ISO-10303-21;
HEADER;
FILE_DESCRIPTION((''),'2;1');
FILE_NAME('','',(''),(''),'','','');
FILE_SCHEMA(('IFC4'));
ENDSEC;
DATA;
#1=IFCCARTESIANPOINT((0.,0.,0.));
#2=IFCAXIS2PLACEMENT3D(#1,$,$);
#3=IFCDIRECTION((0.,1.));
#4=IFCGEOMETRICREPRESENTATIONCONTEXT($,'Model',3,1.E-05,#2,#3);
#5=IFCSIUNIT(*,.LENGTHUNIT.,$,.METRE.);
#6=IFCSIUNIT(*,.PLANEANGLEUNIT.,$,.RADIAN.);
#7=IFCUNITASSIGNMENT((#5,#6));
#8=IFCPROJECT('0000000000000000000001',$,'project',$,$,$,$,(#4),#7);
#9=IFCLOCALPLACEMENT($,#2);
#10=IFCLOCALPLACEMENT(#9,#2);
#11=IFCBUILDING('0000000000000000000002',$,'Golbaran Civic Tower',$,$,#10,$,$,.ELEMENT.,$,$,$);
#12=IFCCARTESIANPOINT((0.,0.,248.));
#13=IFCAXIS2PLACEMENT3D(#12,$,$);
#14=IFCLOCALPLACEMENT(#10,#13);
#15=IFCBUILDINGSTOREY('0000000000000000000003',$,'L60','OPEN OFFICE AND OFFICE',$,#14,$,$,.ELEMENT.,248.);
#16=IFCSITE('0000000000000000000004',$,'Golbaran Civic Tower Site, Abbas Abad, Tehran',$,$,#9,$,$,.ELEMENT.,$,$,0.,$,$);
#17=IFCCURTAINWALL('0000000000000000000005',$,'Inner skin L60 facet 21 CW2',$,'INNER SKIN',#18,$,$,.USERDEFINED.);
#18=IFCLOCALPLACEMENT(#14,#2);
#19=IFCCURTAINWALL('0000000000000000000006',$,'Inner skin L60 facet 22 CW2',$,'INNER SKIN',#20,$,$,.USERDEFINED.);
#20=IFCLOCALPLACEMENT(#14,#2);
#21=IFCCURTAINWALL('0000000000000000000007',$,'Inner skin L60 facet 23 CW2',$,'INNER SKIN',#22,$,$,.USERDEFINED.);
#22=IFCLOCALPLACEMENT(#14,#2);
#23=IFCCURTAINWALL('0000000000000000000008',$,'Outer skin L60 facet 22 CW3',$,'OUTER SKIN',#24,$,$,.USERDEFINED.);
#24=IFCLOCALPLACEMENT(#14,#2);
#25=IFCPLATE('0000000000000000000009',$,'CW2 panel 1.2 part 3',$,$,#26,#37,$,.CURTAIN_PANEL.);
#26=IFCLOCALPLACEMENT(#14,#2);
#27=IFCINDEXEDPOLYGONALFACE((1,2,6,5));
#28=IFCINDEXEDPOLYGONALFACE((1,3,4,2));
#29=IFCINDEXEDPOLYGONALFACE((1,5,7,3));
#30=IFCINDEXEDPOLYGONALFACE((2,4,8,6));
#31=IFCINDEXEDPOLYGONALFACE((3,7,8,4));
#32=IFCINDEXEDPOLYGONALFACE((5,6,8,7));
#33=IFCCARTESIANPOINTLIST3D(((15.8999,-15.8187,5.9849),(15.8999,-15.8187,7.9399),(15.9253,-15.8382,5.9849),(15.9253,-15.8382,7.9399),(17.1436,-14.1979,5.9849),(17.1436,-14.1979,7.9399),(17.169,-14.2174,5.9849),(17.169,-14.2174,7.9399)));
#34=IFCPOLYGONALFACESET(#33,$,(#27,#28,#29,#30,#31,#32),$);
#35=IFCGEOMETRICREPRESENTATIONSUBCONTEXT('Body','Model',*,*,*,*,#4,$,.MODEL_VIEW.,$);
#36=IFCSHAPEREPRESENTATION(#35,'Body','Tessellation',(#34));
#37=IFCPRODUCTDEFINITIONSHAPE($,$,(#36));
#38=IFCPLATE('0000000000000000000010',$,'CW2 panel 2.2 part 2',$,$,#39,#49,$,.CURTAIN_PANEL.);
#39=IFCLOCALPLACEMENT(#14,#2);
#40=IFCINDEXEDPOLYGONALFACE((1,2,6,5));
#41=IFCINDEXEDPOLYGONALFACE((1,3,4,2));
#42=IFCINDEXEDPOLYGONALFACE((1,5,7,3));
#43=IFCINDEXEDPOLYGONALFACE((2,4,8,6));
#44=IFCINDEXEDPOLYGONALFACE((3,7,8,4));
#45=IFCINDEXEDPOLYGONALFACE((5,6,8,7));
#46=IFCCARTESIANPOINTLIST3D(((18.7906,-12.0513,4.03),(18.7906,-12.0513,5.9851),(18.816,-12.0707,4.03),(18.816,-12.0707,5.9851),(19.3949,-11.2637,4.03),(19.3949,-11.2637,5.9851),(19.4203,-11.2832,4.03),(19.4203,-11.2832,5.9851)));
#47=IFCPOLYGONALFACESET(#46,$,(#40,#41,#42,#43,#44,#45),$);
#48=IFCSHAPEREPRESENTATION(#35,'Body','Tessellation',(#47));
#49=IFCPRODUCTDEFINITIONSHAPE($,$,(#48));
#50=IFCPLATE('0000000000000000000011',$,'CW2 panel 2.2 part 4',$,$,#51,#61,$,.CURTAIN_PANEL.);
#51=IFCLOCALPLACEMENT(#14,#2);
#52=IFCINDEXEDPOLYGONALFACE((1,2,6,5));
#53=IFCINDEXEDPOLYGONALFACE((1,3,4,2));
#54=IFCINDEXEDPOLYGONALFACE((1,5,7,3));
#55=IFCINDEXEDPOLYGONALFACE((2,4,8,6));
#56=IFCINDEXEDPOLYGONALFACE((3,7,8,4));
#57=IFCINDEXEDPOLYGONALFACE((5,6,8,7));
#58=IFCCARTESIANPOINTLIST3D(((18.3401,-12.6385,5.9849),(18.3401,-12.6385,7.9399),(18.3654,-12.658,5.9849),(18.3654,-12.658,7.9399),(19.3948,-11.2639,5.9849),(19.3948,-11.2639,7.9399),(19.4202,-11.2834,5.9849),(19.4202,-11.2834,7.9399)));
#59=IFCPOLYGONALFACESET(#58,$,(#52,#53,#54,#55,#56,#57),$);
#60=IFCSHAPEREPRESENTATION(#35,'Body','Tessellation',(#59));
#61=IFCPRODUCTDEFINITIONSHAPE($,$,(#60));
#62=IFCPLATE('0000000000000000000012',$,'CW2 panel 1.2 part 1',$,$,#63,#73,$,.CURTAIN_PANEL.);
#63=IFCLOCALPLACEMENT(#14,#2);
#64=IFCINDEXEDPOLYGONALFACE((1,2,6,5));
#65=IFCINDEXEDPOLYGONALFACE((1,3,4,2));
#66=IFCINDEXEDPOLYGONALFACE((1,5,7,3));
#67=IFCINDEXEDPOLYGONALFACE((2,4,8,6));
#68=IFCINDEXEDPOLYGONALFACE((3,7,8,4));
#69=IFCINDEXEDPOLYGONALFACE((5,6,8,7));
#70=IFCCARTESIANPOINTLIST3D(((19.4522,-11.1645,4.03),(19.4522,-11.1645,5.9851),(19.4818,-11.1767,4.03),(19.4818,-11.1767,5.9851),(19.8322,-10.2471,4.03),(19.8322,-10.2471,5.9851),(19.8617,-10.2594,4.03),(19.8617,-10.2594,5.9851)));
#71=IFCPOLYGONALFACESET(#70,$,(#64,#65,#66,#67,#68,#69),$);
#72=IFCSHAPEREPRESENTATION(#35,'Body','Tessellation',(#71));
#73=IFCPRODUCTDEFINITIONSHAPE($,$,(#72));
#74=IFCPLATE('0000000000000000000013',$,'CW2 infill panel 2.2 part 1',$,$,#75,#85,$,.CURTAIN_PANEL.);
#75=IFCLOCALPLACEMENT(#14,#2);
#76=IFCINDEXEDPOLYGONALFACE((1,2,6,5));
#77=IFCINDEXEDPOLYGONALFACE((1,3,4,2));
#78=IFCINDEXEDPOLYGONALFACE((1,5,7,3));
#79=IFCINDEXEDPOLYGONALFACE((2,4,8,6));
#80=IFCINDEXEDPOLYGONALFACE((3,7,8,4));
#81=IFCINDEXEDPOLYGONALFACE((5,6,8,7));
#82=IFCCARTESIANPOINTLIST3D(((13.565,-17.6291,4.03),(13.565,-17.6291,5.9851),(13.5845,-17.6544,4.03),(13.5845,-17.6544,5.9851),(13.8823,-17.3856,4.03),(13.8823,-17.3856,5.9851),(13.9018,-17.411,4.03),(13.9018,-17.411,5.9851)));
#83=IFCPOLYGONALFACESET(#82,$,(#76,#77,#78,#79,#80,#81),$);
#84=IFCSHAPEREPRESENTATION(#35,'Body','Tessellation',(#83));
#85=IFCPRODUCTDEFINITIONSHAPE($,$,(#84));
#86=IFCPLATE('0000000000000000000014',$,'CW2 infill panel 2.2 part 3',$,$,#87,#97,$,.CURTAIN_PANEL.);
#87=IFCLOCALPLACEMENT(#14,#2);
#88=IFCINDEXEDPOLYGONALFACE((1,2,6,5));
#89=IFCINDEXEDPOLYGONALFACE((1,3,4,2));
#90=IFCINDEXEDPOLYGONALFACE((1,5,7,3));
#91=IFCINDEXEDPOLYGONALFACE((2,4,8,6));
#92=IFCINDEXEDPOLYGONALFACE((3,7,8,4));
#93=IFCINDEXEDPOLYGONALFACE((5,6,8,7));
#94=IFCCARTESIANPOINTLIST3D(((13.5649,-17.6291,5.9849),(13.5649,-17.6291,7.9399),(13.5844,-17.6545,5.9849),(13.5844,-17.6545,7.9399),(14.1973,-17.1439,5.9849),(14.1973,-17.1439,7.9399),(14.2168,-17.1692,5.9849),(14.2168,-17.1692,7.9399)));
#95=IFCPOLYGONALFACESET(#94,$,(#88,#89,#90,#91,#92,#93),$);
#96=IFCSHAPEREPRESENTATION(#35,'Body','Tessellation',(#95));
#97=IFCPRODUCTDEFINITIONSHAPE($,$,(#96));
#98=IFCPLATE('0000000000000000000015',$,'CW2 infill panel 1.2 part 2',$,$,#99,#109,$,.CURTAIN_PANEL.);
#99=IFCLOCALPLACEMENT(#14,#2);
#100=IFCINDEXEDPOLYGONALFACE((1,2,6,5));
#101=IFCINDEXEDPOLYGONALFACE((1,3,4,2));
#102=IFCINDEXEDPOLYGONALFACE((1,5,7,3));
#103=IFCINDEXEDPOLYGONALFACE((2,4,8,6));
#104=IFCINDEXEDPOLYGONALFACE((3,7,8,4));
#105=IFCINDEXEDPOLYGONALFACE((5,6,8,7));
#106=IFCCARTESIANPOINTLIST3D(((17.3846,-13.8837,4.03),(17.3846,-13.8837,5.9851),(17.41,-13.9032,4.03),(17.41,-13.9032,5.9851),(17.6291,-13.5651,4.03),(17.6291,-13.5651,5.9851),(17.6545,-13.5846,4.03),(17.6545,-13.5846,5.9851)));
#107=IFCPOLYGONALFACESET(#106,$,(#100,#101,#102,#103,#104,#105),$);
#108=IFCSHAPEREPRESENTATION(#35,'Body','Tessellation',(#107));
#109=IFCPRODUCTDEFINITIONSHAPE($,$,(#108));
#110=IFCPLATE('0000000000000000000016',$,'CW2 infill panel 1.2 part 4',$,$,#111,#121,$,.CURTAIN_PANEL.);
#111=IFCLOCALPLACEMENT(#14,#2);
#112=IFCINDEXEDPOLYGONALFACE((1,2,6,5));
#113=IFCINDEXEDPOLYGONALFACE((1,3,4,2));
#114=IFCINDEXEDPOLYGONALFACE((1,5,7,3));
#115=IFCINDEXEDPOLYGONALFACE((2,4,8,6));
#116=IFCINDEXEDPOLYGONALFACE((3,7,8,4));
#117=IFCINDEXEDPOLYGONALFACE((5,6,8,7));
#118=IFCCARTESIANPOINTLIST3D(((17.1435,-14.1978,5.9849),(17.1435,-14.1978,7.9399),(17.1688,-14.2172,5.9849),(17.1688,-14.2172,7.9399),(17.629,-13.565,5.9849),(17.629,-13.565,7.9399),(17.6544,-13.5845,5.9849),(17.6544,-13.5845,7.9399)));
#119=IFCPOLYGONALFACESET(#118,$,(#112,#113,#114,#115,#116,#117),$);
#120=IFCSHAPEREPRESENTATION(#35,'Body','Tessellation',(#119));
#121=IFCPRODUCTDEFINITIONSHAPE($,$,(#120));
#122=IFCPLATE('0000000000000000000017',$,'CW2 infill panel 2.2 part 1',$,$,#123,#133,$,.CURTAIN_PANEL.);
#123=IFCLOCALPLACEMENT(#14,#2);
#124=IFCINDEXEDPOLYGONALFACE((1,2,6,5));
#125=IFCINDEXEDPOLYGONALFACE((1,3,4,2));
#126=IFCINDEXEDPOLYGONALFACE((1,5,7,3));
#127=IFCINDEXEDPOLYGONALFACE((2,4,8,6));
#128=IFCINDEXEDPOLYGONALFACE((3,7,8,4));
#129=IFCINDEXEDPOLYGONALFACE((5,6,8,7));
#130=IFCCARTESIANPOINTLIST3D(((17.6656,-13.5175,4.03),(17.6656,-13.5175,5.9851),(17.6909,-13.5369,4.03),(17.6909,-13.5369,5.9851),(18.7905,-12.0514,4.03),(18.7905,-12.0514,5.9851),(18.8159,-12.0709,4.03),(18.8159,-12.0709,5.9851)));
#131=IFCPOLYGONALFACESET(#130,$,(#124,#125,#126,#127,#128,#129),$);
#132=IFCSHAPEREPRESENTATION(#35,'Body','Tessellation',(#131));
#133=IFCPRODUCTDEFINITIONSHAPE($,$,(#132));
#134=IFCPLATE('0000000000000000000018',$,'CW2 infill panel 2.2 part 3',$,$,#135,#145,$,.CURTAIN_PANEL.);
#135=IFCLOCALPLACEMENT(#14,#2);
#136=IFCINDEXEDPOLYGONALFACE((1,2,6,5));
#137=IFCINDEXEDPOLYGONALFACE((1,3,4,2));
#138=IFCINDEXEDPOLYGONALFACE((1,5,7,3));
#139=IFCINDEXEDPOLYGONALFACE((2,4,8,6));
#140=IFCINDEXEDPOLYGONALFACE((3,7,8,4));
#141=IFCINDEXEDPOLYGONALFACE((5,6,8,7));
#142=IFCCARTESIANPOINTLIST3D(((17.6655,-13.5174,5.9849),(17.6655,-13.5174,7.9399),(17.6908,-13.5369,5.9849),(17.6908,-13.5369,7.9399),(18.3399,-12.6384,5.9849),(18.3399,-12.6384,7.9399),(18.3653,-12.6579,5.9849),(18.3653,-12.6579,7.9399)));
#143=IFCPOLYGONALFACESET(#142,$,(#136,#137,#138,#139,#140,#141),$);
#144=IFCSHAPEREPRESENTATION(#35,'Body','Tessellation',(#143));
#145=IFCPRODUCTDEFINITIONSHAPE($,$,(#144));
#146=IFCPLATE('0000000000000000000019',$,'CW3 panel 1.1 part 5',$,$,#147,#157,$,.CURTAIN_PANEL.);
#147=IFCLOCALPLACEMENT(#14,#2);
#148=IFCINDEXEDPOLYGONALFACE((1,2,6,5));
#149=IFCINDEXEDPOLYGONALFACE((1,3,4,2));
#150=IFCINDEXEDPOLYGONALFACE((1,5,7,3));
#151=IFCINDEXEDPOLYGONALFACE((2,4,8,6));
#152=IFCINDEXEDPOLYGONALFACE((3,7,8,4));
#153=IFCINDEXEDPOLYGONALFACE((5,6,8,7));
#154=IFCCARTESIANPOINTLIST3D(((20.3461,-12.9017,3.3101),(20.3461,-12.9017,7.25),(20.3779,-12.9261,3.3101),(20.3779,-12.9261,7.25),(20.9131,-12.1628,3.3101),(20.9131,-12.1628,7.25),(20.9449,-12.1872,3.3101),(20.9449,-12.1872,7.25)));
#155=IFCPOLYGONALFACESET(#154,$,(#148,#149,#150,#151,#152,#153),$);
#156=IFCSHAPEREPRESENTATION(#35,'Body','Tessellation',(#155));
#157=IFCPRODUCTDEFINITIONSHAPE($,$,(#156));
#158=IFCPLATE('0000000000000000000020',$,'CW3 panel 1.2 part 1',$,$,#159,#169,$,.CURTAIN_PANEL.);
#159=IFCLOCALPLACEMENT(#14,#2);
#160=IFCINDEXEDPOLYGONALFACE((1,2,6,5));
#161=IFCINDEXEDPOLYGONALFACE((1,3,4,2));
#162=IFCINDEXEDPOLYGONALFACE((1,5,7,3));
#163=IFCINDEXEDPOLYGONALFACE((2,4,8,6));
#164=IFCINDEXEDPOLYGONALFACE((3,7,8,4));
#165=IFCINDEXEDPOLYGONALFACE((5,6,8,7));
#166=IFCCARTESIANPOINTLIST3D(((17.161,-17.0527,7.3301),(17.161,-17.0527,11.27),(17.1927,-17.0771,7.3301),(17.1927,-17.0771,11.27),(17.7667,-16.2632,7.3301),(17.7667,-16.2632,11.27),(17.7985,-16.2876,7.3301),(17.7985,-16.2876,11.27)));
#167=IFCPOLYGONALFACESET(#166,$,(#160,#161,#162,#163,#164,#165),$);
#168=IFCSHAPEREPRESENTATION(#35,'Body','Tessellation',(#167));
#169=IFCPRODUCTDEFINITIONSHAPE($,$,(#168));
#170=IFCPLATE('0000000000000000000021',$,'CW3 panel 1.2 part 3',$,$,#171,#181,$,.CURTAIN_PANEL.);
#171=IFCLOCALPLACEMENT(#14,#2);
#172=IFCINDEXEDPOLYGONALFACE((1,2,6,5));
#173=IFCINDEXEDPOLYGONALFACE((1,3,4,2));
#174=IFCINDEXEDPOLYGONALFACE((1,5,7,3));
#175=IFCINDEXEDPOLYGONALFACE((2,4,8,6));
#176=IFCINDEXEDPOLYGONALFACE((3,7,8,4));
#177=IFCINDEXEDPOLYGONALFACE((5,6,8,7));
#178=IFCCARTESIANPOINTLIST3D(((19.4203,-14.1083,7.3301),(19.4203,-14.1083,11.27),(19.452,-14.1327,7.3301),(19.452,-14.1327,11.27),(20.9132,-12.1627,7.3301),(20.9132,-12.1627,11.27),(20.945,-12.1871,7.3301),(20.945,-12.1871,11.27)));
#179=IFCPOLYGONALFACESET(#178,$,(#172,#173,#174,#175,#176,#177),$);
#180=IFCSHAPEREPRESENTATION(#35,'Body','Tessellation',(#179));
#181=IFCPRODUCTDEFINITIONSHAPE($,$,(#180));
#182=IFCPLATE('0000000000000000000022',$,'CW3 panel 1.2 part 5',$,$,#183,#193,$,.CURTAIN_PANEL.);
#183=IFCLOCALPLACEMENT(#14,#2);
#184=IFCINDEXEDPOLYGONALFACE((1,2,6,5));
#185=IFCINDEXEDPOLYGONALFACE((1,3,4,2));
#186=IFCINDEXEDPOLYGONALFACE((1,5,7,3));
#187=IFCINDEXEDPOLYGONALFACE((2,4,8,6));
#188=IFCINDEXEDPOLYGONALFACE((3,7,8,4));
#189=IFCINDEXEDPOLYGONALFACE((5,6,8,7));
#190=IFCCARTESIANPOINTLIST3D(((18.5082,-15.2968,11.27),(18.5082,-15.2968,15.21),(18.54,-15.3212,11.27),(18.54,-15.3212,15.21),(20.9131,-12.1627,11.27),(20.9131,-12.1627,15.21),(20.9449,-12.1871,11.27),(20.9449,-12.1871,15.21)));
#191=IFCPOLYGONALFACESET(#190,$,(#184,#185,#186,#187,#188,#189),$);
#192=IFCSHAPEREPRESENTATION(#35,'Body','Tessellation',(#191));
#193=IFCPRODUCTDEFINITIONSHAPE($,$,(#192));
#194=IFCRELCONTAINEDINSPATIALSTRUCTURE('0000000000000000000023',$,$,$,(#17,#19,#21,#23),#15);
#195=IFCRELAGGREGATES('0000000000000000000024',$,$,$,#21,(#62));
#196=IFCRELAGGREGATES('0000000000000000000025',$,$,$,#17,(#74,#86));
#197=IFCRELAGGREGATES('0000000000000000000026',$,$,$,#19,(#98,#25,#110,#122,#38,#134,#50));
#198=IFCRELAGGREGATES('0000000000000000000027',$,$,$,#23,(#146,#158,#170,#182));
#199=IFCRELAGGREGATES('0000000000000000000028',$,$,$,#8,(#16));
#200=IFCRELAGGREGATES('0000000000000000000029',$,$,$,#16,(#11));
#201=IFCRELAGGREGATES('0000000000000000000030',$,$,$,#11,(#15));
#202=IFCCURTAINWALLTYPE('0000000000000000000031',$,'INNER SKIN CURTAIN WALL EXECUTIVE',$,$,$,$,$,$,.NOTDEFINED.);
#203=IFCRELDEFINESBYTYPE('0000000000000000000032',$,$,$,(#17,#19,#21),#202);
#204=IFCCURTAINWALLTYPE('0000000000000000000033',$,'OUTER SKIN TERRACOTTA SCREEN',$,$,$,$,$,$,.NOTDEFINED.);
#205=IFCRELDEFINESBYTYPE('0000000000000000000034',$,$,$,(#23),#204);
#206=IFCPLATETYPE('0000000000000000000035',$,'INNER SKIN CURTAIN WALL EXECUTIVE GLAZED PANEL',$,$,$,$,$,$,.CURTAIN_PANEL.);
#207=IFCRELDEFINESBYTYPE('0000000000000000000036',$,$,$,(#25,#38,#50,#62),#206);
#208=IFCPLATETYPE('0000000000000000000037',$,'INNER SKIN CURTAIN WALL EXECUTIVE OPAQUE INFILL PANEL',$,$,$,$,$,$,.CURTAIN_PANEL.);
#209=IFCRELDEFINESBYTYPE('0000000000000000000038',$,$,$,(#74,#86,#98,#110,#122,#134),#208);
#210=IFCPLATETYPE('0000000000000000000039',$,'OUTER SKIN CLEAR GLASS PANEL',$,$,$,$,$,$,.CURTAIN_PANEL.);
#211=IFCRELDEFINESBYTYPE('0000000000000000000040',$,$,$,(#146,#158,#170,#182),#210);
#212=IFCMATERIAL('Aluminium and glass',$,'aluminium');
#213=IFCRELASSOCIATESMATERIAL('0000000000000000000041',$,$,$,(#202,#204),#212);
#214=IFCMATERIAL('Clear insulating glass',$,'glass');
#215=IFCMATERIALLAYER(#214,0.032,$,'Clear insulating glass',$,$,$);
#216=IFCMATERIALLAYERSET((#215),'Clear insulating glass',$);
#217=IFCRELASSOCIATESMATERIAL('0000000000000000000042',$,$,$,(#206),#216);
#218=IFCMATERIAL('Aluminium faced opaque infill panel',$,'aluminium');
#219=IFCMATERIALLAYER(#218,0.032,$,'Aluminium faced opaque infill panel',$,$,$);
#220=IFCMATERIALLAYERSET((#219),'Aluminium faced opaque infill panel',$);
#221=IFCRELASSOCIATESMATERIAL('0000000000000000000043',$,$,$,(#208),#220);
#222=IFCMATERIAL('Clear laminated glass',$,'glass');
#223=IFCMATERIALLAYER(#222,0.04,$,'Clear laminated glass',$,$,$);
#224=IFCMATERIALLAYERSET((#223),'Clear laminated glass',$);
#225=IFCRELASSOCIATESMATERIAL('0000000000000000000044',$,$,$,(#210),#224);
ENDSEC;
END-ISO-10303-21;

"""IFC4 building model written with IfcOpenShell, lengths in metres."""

from ifc_helpers import new_model, si_unit, direction, frame, origin, origin_2d, place, context, subcontext, project, spatial, rectangle, extrude, material, layer, layer_set, type_object, element, aggregate, save


model = new_model("IFC4")

# Units and contexts
model_context = context("Model", 3, precision=1e-05, world=origin(), true_north=direction((0.0, 1.0)))
body_context = subcontext(model_context, "Body", "Model", "MODEL_VIEW")
ifc_project = project(units=[si_unit("LENGTHUNIT", "METRE"), si_unit("PLANEANGLEUNIT", "RADIAN")], contexts=[model_context])

# Site, building, storey
site_placement = place(None, origin())
site = spatial("IfcSite", under=ifc_project, at=site_placement, Name="Golbaran Civic Tower Site, Abbas Abad, Tehran", CompositionType="ELEMENT", RefElevation=0.0)
building_placement = place(site_placement, origin())
building = spatial("IfcBuilding", under=site, at=building_placement, Name="Golbaran Civic Tower", CompositionType="ELEMENT")
storey_placement = place(building_placement, frame((0.0, 0.0, 248.0)))
storey = spatial("IfcBuildingStorey", under=building, at=storey_placement, Name="L60", Description="OPEN OFFICE AND OFFICE", CompositionType="ELEMENT", Elevation=248.0)

# Curtain wall
ifc_material_1 = material(Name="Aluminium and glass", Category="aluminium")
curtain_wall_type_1 = type_object("IfcCurtainWallType", Name="INNER SKIN CURTAIN WALL EXECUTIVE", PredefinedType="NOTDEFINED", material=ifc_material_1)
curtain_wall_1_placement = place(storey_placement, origin())
curtain_wall_1 = element("IfcCurtainWall", 1, at=curtain_wall_1_placement, inside=storey, type_object=curtain_wall_type_1, Name="Inner skin L60 facet 21 CW2", ObjectType="INNER SKIN", PredefinedType="USERDEFINED")

# Curtain walls
curtain_wall_2_placement = place(storey_placement, origin())
curtain_wall_2 = element("IfcCurtainWall", 2, at=curtain_wall_2_placement, inside=storey, type_object=curtain_wall_type_1, Name="Inner skin L60 facet 22 CW2", ObjectType="INNER SKIN", PredefinedType="USERDEFINED")
curtain_wall_3_placement = place(storey_placement, origin())
curtain_wall_3 = element("IfcCurtainWall", 3, at=curtain_wall_3_placement, inside=storey, type_object=curtain_wall_type_1, Name="Inner skin L60 facet 23 CW2", ObjectType="INNER SKIN", PredefinedType="USERDEFINED")
curtain_wall_type_2 = type_object("IfcCurtainWallType", Name="OUTER SKIN TERRACOTTA SCREEN", PredefinedType="NOTDEFINED", material=ifc_material_1)
curtain_wall_4_placement = place(storey_placement, origin())
curtain_wall_4 = element("IfcCurtainWall", 4, at=curtain_wall_4_placement, inside=storey, type_object=curtain_wall_type_2, Name="Outer skin L60 facet 22 CW3", ObjectType="OUTER SKIN", PredefinedType="USERDEFINED")

# Plates
ifc_material_2 = material(Name="Clear insulating glass", Category="glass")
ifc_layer_1 = layer(ifc_material_2, 0.032, Name="Clear insulating glass")
ifc_layer_set_1 = layer_set([ifc_layer_1], Name="Clear insulating glass")
plate_type_1 = type_object("IfcPlateType", Name="INNER SKIN CURTAIN WALL EXECUTIVE GLAZED PANEL", PredefinedType="CURTAIN_PANEL", material=ifc_layer_set_1)
plate_1_placement = place(storey_placement, frame((16.5344, -15.0181, 5.9849), z_axis=(0.0, 0.0, 1.0), x_axis=(0.608761, 0.793353, 0.0)))
plate_1 = element("IfcPlate", 5, at=plate_1_placement, type_object=plate_type_1, Name="CW2 panel 1.2 part 3", PredefinedType="CURTAIN_PANEL", context=body_context, shape_type="SweptSolid", body=[
    extrude(rectangle(XDim=2.043, YDim=0.032, at=origin_2d()), origin(), (0.0, 0.0, 1.0), 1.9551),
])
plate_2_placement = place(storey_placement, frame((19.1055, -11.6672, 4.03), z_axis=(0.0, 0.0, 1.0), x_axis=(0.608761, 0.793353, 0.0)))
plate_2 = element("IfcPlate", 6, at=plate_2_placement, type_object=plate_type_1, Name="CW2 panel 2.2 part 2", PredefinedType="CURTAIN_PANEL", context=body_context, shape_type="SweptSolid", body=[
    extrude(rectangle(XDim=0.9927, YDim=0.032, at=origin_2d()), origin(), (0.0, 0.0, 1.0), 1.9551),
])
plate_3_placement = place(storey_placement, frame((18.8801, -11.9609, 5.9849), z_axis=(0.0, 0.0, 1.0), x_axis=(0.608761, 0.793353, 0.0)))
plate_3 = element("IfcPlate", 7, at=plate_3_placement, type_object=plate_type_1, Name="CW2 panel 2.2 part 4", PredefinedType="CURTAIN_PANEL", context=body_context, shape_type="SweptSolid", body=[
    extrude(rectangle(XDim=1.7327, YDim=0.032, at=origin_2d()), origin(), (0.0, 0.0, 1.0), 1.9551),
])
plate_4_placement = place(storey_placement, frame((19.657, -10.7119, 4.03), z_axis=(0.0, 0.0, 1.0), x_axis=(0.382683, 0.92388, 0.0)))
plate_4 = element("IfcPlate", 8, at=plate_4_placement, type_object=plate_type_1, Name="CW2 panel 1.2 part 1", PredefinedType="CURTAIN_PANEL", context=body_context, shape_type="SweptSolid", body=[
    extrude(rectangle(XDim=0.9929, YDim=0.032, at=origin_2d()), origin(), (0.0, 0.0, 1.0), 1.9551),
])
aggregate(curtain_wall_3, [plate_4])
ifc_material_3 = material(Name="Aluminium faced opaque infill panel", Category="aluminium")
ifc_layer_2 = layer(ifc_material_3, 0.032, Name="Aluminium faced opaque infill panel")
ifc_layer_set_2 = layer_set([ifc_layer_2], Name="Aluminium faced opaque infill panel")
plate_type_2 = type_object("IfcPlateType", Name="INNER SKIN CURTAIN WALL EXECUTIVE OPAQUE INFILL PANEL", PredefinedType="CURTAIN_PANEL", material=ifc_layer_set_2)
plate_5_placement = place(storey_placement, frame((13.7334, -17.52, 4.03), z_axis=(0.0, 0.0, 1.0), x_axis=(0.793353, 0.608761, 0.0)))
plate_5 = element("IfcPlate", 9, at=plate_5_placement, type_object=plate_type_2, Name="CW2 infill panel 2.2 part 1", PredefinedType="CURTAIN_PANEL", context=body_context, shape_type="SweptSolid", body=[
    extrude(rectangle(XDim=0.3999, YDim=0.032, at=origin_2d()), origin(), (0.0, 0.0, 1.0), 1.9551),
])
plate_6_placement = place(storey_placement, frame((13.8909, -17.3992, 5.9849), z_axis=(0.0, 0.0, 1.0), x_axis=(0.793353, 0.608761, 0.0)))
plate_6 = element("IfcPlate", 10, at=plate_6_placement, type_object=plate_type_2, Name="CW2 infill panel 2.2 part 3", PredefinedType="CURTAIN_PANEL", context=body_context, shape_type="SweptSolid", body=[
    extrude(rectangle(XDim=0.7971, YDim=0.032, at=origin_2d()), origin(), (0.0, 0.0, 1.0), 1.9551),
])
aggregate(curtain_wall_1, [plate_5, plate_6])
plate_7_placement = place(storey_placement, frame((17.5195, -13.7341, 4.03), z_axis=(0.0, 0.0, 1.0), x_axis=(0.608761, 0.793353, 0.0)))
plate_7 = element("IfcPlate", 11, at=plate_7_placement, type_object=plate_type_2, Name="CW2 infill panel 1.2 part 2", PredefinedType="CURTAIN_PANEL", context=body_context, shape_type="SweptSolid", body=[
    extrude(rectangle(XDim=0.4016, YDim=0.032, at=origin_2d()), origin(), (0.0, 0.0, 1.0), 1.9551),
])
plate_8_placement = place(storey_placement, frame((17.3989, -13.8911, 5.9849), z_axis=(0.0, 0.0, 1.0), x_axis=(0.608761, 0.793353, 0.0)))
plate_8 = element("IfcPlate", 12, at=plate_8_placement, type_object=plate_type_2, Name="CW2 infill panel 1.2 part 4", PredefinedType="CURTAIN_PANEL", context=body_context, shape_type="SweptSolid", body=[
    extrude(rectangle(XDim=0.7976, YDim=0.032, at=origin_2d()), origin(), (0.0, 0.0, 1.0), 1.9551),
])
plate_9_placement = place(storey_placement, frame((18.2407, -12.7942, 4.03), z_axis=(0.0, 0.0, 1.0), x_axis=(0.608761, 0.793353, 0.0)))
plate_9 = element("IfcPlate", 13, at=plate_9_placement, type_object=plate_type_2, Name="CW2 infill panel 2.2 part 1", PredefinedType="CURTAIN_PANEL", context=body_context, shape_type="SweptSolid", body=[
    extrude(rectangle(XDim=1.8479, YDim=0.032, at=origin_2d()), origin(), (0.0, 0.0, 1.0), 1.9551),
])
plate_10_placement = place(storey_placement, frame((18.0154, -13.0876, 5.9849), z_axis=(0.0, 0.0, 1.0), x_axis=(0.608761, 0.793353, 0.0)))
plate_10 = element("IfcPlate", 14, at=plate_10_placement, type_object=plate_type_2, Name="CW2 infill panel 2.2 part 3", PredefinedType="CURTAIN_PANEL", context=body_context, shape_type="SweptSolid", body=[
    extrude(rectangle(XDim=1.1079, YDim=0.032, at=origin_2d()), origin(), (0.0, 0.0, 1.0), 1.9551),
])
aggregate(curtain_wall_2, [plate_7, plate_1, plate_8, plate_9, plate_2, plate_10, plate_3])
ifc_material_4 = material(Name="Clear laminated glass", Category="glass")
ifc_layer_3 = layer(ifc_material_4, 0.04, Name="Clear laminated glass")
ifc_layer_set_3 = layer_set([ifc_layer_3], Name="Clear laminated glass")
plate_type_3 = type_object("IfcPlateType", Name="OUTER SKIN CLEAR GLASS PANEL", PredefinedType="CURTAIN_PANEL", material=ifc_layer_set_3)
plate_11_placement = place(storey_placement, frame((20.6455, -12.5444, 3.3101), z_axis=(0.0, 0.0, 1.0), x_axis=(0.608761, 0.793353, 0.0)))
plate_11 = element("IfcPlate", 15, at=plate_11_placement, type_object=plate_type_3, Name="CW3 panel 1.1 part 5", PredefinedType="CURTAIN_PANEL", context=body_context, shape_type="SweptSolid", body=[
    extrude(rectangle(XDim=0.9314, YDim=0.04, at=origin_2d()), origin(), (0.0, 0.0, 1.0), 3.9399),
])
plate_12_placement = place(storey_placement, frame((17.4797, -16.6702, 7.3301), z_axis=(0.0, 0.0, 1.0), x_axis=(0.608761, 0.793353, 0.0)))
plate_12 = element("IfcPlate", 16, at=plate_12_placement, type_object=plate_type_3, Name="CW3 panel 1.2 part 1", PredefinedType="CURTAIN_PANEL", context=body_context, shape_type="SweptSolid", body=[
    extrude(rectangle(XDim=0.9951, YDim=0.04, at=origin_2d()), origin(), (0.0, 0.0, 1.0), 3.9399),
])
plate_13_placement = place(storey_placement, frame((20.1826, -13.1477, 7.3301), z_axis=(0.0, 0.0, 1.0), x_axis=(0.608761, 0.793353, 0.0)))
plate_13 = element("IfcPlate", 17, at=plate_13_placement, type_object=plate_type_3, Name="CW3 panel 1.2 part 3", PredefinedType="CURTAIN_PANEL", context=body_context, shape_type="SweptSolid", body=[
    extrude(rectangle(XDim=2.4524, YDim=0.04, at=origin_2d()), origin(), (0.0, 0.0, 1.0), 3.9399),
])
plate_14_placement = place(storey_placement, frame((19.7266, -13.7419, 11.27), z_axis=(0.0, 0.0, 1.0), x_axis=(0.608761, 0.793353, 0.0)))
plate_14 = element("IfcPlate", 18, at=plate_14_placement, type_object=plate_type_3, Name="CW3 panel 1.2 part 5", PredefinedType="CURTAIN_PANEL", context=body_context, shape_type="SweptSolid", body=[
    extrude(rectangle(XDim=3.9504, YDim=0.04, at=origin_2d()), origin(), (0.0, 0.0, 1.0), 3.9399),
])
aggregate(curtain_wall_4, [plate_11, plate_12, plate_13, plate_14])

save(model, "model.ifc")
